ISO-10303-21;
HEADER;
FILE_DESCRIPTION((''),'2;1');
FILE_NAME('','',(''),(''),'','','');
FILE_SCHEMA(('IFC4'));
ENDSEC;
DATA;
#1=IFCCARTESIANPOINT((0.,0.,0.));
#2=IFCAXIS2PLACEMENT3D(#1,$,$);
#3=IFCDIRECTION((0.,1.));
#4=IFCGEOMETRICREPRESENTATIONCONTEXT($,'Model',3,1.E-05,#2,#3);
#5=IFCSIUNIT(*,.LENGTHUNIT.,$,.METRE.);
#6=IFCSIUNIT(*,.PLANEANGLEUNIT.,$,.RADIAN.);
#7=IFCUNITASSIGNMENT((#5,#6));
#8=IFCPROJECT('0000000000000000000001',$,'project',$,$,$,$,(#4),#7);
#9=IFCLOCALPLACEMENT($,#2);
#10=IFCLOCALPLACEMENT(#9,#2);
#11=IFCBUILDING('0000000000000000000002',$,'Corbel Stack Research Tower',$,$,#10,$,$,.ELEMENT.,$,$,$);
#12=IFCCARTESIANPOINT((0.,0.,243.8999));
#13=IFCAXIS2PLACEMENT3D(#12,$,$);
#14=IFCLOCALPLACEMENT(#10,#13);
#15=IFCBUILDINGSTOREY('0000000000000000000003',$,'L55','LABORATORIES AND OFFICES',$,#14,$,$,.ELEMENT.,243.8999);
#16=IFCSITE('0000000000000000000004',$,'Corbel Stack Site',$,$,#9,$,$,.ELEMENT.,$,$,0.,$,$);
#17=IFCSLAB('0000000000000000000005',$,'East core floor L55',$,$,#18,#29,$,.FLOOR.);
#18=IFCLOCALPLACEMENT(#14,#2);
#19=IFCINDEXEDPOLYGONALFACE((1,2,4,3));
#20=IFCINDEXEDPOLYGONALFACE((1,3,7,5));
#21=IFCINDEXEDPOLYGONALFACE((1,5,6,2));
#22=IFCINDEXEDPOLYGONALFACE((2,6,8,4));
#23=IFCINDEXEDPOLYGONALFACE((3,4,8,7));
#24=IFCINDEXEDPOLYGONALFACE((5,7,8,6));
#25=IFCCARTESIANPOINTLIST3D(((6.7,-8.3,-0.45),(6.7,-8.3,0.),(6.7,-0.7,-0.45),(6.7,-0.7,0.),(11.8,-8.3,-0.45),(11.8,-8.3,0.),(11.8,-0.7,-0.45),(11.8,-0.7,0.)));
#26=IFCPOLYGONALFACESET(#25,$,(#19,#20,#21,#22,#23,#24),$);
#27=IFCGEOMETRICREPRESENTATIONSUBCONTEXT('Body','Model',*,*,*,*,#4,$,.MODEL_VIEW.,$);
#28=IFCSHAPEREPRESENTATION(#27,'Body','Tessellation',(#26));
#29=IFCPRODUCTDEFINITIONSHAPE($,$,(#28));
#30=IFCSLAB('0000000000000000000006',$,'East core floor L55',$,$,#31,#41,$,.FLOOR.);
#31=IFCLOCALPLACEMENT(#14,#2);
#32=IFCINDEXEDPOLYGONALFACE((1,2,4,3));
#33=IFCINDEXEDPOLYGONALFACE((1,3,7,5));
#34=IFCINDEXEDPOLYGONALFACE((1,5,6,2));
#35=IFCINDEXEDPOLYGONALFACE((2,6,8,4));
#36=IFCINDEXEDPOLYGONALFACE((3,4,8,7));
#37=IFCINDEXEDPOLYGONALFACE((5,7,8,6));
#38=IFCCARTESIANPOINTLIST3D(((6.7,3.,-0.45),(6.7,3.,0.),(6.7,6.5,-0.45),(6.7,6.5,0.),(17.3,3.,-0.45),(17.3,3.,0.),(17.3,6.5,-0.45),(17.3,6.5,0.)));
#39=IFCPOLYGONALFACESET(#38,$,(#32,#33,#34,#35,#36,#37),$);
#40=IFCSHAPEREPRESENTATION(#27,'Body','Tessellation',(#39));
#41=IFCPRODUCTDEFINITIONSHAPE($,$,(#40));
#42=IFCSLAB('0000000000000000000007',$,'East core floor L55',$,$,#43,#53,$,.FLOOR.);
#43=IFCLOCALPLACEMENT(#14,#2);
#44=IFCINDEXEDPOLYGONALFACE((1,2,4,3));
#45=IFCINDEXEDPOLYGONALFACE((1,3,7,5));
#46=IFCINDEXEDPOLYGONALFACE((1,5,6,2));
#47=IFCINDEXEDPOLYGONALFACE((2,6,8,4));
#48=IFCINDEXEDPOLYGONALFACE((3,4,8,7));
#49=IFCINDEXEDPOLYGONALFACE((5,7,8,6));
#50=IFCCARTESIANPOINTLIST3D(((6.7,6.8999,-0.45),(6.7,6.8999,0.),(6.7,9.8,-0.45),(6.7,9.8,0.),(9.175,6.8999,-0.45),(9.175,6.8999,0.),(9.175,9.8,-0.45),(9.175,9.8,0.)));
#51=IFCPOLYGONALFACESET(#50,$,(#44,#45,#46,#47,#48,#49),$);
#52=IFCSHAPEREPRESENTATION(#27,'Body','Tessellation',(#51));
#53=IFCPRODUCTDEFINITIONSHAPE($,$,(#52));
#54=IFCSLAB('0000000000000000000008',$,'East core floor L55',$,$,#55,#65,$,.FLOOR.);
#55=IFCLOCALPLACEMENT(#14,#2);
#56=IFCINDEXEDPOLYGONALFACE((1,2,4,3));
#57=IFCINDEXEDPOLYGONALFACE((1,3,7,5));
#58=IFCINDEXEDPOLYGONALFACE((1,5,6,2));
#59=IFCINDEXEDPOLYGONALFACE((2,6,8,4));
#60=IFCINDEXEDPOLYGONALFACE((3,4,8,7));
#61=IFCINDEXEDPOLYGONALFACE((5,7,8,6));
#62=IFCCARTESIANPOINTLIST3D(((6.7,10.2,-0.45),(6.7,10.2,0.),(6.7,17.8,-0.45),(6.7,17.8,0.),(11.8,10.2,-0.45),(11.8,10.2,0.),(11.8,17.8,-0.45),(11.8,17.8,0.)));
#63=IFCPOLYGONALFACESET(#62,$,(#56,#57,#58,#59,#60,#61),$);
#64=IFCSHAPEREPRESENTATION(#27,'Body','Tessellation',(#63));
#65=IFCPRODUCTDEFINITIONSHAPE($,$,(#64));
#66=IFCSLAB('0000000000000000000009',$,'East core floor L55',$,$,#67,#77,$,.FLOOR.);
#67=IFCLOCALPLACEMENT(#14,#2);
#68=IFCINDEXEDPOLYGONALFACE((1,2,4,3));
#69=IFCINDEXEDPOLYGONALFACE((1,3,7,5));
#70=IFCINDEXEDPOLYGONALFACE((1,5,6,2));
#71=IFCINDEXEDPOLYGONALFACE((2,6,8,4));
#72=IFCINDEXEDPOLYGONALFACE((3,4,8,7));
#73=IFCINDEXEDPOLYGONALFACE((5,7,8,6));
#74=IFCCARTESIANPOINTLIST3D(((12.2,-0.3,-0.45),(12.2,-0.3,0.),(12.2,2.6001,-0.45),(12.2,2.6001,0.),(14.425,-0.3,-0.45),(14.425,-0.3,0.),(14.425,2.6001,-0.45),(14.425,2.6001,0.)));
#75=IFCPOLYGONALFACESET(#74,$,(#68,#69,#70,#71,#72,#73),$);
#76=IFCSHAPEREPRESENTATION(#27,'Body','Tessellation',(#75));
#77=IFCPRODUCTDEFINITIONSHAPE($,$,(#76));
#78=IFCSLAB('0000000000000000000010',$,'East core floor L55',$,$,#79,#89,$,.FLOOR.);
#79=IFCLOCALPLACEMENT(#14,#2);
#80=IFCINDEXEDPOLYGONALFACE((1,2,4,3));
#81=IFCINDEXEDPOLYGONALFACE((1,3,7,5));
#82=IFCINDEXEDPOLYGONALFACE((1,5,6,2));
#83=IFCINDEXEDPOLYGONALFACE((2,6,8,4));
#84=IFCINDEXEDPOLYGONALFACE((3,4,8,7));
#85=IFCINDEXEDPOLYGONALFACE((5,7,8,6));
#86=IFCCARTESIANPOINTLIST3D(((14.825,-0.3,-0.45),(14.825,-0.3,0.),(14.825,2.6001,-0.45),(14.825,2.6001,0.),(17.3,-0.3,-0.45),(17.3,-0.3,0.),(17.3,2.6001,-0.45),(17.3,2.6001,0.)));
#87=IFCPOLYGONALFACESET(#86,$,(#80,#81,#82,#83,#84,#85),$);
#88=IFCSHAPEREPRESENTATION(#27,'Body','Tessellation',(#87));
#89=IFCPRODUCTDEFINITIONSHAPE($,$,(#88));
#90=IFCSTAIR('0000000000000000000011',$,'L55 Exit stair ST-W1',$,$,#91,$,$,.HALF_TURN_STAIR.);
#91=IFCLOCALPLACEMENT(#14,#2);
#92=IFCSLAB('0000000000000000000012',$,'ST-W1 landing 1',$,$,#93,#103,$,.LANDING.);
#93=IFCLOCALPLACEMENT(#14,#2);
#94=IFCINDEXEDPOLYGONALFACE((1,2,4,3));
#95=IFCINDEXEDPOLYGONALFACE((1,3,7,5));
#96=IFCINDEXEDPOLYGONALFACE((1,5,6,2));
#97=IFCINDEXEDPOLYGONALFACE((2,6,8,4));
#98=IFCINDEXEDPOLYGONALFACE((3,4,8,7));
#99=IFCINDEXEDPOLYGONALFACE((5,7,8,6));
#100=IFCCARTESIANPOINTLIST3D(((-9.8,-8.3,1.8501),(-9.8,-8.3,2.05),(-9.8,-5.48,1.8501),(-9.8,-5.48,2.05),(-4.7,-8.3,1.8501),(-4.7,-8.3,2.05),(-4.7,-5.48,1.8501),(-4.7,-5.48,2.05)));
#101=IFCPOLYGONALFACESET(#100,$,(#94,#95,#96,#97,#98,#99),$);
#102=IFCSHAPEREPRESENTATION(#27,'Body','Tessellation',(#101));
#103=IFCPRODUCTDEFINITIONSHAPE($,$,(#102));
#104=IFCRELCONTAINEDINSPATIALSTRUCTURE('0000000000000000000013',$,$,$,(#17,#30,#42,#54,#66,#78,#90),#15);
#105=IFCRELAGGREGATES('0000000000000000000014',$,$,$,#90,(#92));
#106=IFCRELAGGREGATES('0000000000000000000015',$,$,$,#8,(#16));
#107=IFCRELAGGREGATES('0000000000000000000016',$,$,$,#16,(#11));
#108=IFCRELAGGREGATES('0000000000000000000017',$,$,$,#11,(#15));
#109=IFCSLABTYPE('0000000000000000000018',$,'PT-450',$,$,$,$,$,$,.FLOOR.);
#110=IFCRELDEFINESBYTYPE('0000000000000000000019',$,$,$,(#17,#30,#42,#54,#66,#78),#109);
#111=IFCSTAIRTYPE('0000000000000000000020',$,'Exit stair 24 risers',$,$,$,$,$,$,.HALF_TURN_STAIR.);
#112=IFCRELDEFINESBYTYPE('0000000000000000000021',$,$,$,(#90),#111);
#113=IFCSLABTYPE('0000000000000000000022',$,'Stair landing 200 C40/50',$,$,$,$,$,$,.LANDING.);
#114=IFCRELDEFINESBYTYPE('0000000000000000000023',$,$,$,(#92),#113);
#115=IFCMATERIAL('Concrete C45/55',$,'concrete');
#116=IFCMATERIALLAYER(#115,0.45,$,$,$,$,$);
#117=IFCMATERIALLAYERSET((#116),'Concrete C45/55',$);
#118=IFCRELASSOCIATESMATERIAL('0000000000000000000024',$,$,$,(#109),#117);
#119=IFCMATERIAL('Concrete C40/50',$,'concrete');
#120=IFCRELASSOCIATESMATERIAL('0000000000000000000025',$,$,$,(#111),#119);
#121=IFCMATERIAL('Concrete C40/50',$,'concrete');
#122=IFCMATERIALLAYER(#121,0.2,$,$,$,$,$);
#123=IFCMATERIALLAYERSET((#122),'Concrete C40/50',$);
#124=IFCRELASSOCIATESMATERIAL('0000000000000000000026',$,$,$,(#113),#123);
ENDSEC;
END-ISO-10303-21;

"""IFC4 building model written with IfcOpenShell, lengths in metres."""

from ifc_helpers import new_model, si_unit, direction, frame, origin, place, context, subcontext, project, spatial, polyline, outline, extrude, material, layer, layer_set, type_object, element, aggregate, save


model = new_model("IFC4")

# Units and contexts
model_context = context("Model", 3, precision=1e-05, world=origin(), true_north=direction((0.0, 1.0)))
body_context = subcontext(model_context, "Body", "Model", "MODEL_VIEW")
ifc_project = project(units=[si_unit("LENGTHUNIT", "METRE"), si_unit("PLANEANGLEUNIT", "RADIAN")], contexts=[model_context])

# Site, building, storey
site_placement = place(None, origin())
site = spatial("IfcSite", under=ifc_project, at=site_placement, Name="Corbel Stack Site", CompositionType="ELEMENT", RefElevation=0.0)
building_placement = place(site_placement, origin())
building = spatial("IfcBuilding", under=site, at=building_placement, Name="Corbel Stack Research Tower", CompositionType="ELEMENT")
storey_placement = place(building_placement, frame((0.0, 0.0, 243.8999)))
storey = spatial("IfcBuildingStorey", under=building, at=storey_placement, Name="L55", Description="LABORATORIES AND OFFICES", CompositionType="ELEMENT", Elevation=243.8999)

# Slabs
ifc_material_1 = material(Name="Concrete C45/55", Category="concrete")
ifc_layer_1 = layer(ifc_material_1, 0.45)
ifc_layer_set_1 = layer_set([ifc_layer_1], Name="Concrete C45/55")
slab_type_1 = type_object("IfcSlabType", Name="PT-450", PredefinedType="FLOOR", material=ifc_layer_set_1)
slab_1_placement = place(storey_placement, frame((0.0, 0.0, -0.45)))
element("IfcSlab", 1, at=slab_1_placement, inside=storey, type_object=slab_type_1, Name="East core floor L55", PredefinedType="FLOOR", context=body_context, shape_type="SweptSolid", body=[
    extrude(outline(polyline([(6.7, -8.3), (11.8, -8.3), (11.8, -0.7), (6.7, -0.7), (6.7, -8.3)])), origin(), (0.0, 0.0, 1.0), 0.45),
])
slab_2_placement = place(storey_placement, frame((0.0, 0.0, -0.45)))
element("IfcSlab", 2, at=slab_2_placement, inside=storey, type_object=slab_type_1, Name="East core floor L55", PredefinedType="FLOOR", context=body_context, shape_type="SweptSolid", body=[
    extrude(outline(polyline([(6.7, 3.0), (17.3, 3.0), (17.3, 6.5), (6.7, 6.5), (6.7, 3.0)])), origin(), (0.0, 0.0, 1.0), 0.45),
])
slab_3_placement = place(storey_placement, frame((0.0, 0.0, -0.45)))
element("IfcSlab", 3, at=slab_3_placement, inside=storey, type_object=slab_type_1, Name="East core floor L55", PredefinedType="FLOOR", context=body_context, shape_type="SweptSolid", body=[
    extrude(outline(polyline([(6.7, 6.8999), (9.175, 6.8999), (9.175, 9.8), (6.7, 9.8), (6.7, 6.8999)])), origin(), (0.0, 0.0, 1.0), 0.45),
])
slab_4_placement = place(storey_placement, frame((0.0, 0.0, -0.45)))
element("IfcSlab", 4, at=slab_4_placement, inside=storey, type_object=slab_type_1, Name="East core floor L55", PredefinedType="FLOOR", context=body_context, shape_type="SweptSolid", body=[
    extrude(outline(polyline([(6.7, 10.2), (11.8, 10.2), (11.8, 17.8), (6.7, 17.8), (6.7, 10.2)])), origin(), (0.0, 0.0, 1.0), 0.45),
])
slab_5_placement = place(storey_placement, frame((0.0, 0.0, -0.45)))
element("IfcSlab", 5, at=slab_5_placement, inside=storey, type_object=slab_type_1, Name="East core floor L55", PredefinedType="FLOOR", context=body_context, shape_type="SweptSolid", body=[
    extrude(outline(polyline([(12.2, 2.6001), (12.2, -0.3), (14.425, -0.3), (14.425, 2.6001), (12.2, 2.6001)])), origin(), (0.0, 0.0, 1.0), 0.45),
])
slab_6_placement = place(storey_placement, frame((0.0, 0.0, -0.45)))
element("IfcSlab", 6, at=slab_6_placement, inside=storey, type_object=slab_type_1, Name="East core floor L55", PredefinedType="FLOOR", context=body_context, shape_type="SweptSolid", body=[
    extrude(outline(polyline([(14.825, 2.6001), (14.825, -0.3), (17.3, -0.3), (17.3, 2.6001), (14.825, 2.6001)])), origin(), (0.0, 0.0, 1.0), 0.45),
])

# Stair, slab
ifc_material_2 = material(Name="Concrete C40/50", Category="concrete")
stair_type = type_object("IfcStairType", Name="Exit stair 24 risers", PredefinedType="HALF_TURN_STAIR", material=ifc_material_2)
stair_placement = place(storey_placement, origin())
stair = element("IfcStair", 7, at=stair_placement, inside=storey, type_object=stair_type, Name="L55 Exit stair ST-W1", PredefinedType="HALF_TURN_STAIR")
ifc_material_3 = material(Name="Concrete C40/50", Category="concrete")
ifc_layer_2 = layer(ifc_material_3, 0.2)
ifc_layer_set_2 = layer_set([ifc_layer_2], Name="Concrete C40/50")
slab_type_2 = type_object("IfcSlabType", Name="Stair landing 200 C40/50", PredefinedType="LANDING", material=ifc_layer_set_2)
slab_7_placement = place(storey_placement, frame((0.0, 0.0, 1.8501)))
slab_7 = element("IfcSlab", 8, at=slab_7_placement, type_object=slab_type_2, Name="ST-W1 landing 1", PredefinedType="LANDING", context=body_context, shape_type="SweptSolid", body=[
    extrude(outline(polyline([(-9.8, -8.3), (-9.8, -5.48), (-4.7, -5.48), (-4.7, -8.3), (-9.8, -8.3)])), origin(), (0.0, 0.0, 1.0), 0.2),
])
aggregate(stair, [slab_7])

save(model, "model.ifc")
